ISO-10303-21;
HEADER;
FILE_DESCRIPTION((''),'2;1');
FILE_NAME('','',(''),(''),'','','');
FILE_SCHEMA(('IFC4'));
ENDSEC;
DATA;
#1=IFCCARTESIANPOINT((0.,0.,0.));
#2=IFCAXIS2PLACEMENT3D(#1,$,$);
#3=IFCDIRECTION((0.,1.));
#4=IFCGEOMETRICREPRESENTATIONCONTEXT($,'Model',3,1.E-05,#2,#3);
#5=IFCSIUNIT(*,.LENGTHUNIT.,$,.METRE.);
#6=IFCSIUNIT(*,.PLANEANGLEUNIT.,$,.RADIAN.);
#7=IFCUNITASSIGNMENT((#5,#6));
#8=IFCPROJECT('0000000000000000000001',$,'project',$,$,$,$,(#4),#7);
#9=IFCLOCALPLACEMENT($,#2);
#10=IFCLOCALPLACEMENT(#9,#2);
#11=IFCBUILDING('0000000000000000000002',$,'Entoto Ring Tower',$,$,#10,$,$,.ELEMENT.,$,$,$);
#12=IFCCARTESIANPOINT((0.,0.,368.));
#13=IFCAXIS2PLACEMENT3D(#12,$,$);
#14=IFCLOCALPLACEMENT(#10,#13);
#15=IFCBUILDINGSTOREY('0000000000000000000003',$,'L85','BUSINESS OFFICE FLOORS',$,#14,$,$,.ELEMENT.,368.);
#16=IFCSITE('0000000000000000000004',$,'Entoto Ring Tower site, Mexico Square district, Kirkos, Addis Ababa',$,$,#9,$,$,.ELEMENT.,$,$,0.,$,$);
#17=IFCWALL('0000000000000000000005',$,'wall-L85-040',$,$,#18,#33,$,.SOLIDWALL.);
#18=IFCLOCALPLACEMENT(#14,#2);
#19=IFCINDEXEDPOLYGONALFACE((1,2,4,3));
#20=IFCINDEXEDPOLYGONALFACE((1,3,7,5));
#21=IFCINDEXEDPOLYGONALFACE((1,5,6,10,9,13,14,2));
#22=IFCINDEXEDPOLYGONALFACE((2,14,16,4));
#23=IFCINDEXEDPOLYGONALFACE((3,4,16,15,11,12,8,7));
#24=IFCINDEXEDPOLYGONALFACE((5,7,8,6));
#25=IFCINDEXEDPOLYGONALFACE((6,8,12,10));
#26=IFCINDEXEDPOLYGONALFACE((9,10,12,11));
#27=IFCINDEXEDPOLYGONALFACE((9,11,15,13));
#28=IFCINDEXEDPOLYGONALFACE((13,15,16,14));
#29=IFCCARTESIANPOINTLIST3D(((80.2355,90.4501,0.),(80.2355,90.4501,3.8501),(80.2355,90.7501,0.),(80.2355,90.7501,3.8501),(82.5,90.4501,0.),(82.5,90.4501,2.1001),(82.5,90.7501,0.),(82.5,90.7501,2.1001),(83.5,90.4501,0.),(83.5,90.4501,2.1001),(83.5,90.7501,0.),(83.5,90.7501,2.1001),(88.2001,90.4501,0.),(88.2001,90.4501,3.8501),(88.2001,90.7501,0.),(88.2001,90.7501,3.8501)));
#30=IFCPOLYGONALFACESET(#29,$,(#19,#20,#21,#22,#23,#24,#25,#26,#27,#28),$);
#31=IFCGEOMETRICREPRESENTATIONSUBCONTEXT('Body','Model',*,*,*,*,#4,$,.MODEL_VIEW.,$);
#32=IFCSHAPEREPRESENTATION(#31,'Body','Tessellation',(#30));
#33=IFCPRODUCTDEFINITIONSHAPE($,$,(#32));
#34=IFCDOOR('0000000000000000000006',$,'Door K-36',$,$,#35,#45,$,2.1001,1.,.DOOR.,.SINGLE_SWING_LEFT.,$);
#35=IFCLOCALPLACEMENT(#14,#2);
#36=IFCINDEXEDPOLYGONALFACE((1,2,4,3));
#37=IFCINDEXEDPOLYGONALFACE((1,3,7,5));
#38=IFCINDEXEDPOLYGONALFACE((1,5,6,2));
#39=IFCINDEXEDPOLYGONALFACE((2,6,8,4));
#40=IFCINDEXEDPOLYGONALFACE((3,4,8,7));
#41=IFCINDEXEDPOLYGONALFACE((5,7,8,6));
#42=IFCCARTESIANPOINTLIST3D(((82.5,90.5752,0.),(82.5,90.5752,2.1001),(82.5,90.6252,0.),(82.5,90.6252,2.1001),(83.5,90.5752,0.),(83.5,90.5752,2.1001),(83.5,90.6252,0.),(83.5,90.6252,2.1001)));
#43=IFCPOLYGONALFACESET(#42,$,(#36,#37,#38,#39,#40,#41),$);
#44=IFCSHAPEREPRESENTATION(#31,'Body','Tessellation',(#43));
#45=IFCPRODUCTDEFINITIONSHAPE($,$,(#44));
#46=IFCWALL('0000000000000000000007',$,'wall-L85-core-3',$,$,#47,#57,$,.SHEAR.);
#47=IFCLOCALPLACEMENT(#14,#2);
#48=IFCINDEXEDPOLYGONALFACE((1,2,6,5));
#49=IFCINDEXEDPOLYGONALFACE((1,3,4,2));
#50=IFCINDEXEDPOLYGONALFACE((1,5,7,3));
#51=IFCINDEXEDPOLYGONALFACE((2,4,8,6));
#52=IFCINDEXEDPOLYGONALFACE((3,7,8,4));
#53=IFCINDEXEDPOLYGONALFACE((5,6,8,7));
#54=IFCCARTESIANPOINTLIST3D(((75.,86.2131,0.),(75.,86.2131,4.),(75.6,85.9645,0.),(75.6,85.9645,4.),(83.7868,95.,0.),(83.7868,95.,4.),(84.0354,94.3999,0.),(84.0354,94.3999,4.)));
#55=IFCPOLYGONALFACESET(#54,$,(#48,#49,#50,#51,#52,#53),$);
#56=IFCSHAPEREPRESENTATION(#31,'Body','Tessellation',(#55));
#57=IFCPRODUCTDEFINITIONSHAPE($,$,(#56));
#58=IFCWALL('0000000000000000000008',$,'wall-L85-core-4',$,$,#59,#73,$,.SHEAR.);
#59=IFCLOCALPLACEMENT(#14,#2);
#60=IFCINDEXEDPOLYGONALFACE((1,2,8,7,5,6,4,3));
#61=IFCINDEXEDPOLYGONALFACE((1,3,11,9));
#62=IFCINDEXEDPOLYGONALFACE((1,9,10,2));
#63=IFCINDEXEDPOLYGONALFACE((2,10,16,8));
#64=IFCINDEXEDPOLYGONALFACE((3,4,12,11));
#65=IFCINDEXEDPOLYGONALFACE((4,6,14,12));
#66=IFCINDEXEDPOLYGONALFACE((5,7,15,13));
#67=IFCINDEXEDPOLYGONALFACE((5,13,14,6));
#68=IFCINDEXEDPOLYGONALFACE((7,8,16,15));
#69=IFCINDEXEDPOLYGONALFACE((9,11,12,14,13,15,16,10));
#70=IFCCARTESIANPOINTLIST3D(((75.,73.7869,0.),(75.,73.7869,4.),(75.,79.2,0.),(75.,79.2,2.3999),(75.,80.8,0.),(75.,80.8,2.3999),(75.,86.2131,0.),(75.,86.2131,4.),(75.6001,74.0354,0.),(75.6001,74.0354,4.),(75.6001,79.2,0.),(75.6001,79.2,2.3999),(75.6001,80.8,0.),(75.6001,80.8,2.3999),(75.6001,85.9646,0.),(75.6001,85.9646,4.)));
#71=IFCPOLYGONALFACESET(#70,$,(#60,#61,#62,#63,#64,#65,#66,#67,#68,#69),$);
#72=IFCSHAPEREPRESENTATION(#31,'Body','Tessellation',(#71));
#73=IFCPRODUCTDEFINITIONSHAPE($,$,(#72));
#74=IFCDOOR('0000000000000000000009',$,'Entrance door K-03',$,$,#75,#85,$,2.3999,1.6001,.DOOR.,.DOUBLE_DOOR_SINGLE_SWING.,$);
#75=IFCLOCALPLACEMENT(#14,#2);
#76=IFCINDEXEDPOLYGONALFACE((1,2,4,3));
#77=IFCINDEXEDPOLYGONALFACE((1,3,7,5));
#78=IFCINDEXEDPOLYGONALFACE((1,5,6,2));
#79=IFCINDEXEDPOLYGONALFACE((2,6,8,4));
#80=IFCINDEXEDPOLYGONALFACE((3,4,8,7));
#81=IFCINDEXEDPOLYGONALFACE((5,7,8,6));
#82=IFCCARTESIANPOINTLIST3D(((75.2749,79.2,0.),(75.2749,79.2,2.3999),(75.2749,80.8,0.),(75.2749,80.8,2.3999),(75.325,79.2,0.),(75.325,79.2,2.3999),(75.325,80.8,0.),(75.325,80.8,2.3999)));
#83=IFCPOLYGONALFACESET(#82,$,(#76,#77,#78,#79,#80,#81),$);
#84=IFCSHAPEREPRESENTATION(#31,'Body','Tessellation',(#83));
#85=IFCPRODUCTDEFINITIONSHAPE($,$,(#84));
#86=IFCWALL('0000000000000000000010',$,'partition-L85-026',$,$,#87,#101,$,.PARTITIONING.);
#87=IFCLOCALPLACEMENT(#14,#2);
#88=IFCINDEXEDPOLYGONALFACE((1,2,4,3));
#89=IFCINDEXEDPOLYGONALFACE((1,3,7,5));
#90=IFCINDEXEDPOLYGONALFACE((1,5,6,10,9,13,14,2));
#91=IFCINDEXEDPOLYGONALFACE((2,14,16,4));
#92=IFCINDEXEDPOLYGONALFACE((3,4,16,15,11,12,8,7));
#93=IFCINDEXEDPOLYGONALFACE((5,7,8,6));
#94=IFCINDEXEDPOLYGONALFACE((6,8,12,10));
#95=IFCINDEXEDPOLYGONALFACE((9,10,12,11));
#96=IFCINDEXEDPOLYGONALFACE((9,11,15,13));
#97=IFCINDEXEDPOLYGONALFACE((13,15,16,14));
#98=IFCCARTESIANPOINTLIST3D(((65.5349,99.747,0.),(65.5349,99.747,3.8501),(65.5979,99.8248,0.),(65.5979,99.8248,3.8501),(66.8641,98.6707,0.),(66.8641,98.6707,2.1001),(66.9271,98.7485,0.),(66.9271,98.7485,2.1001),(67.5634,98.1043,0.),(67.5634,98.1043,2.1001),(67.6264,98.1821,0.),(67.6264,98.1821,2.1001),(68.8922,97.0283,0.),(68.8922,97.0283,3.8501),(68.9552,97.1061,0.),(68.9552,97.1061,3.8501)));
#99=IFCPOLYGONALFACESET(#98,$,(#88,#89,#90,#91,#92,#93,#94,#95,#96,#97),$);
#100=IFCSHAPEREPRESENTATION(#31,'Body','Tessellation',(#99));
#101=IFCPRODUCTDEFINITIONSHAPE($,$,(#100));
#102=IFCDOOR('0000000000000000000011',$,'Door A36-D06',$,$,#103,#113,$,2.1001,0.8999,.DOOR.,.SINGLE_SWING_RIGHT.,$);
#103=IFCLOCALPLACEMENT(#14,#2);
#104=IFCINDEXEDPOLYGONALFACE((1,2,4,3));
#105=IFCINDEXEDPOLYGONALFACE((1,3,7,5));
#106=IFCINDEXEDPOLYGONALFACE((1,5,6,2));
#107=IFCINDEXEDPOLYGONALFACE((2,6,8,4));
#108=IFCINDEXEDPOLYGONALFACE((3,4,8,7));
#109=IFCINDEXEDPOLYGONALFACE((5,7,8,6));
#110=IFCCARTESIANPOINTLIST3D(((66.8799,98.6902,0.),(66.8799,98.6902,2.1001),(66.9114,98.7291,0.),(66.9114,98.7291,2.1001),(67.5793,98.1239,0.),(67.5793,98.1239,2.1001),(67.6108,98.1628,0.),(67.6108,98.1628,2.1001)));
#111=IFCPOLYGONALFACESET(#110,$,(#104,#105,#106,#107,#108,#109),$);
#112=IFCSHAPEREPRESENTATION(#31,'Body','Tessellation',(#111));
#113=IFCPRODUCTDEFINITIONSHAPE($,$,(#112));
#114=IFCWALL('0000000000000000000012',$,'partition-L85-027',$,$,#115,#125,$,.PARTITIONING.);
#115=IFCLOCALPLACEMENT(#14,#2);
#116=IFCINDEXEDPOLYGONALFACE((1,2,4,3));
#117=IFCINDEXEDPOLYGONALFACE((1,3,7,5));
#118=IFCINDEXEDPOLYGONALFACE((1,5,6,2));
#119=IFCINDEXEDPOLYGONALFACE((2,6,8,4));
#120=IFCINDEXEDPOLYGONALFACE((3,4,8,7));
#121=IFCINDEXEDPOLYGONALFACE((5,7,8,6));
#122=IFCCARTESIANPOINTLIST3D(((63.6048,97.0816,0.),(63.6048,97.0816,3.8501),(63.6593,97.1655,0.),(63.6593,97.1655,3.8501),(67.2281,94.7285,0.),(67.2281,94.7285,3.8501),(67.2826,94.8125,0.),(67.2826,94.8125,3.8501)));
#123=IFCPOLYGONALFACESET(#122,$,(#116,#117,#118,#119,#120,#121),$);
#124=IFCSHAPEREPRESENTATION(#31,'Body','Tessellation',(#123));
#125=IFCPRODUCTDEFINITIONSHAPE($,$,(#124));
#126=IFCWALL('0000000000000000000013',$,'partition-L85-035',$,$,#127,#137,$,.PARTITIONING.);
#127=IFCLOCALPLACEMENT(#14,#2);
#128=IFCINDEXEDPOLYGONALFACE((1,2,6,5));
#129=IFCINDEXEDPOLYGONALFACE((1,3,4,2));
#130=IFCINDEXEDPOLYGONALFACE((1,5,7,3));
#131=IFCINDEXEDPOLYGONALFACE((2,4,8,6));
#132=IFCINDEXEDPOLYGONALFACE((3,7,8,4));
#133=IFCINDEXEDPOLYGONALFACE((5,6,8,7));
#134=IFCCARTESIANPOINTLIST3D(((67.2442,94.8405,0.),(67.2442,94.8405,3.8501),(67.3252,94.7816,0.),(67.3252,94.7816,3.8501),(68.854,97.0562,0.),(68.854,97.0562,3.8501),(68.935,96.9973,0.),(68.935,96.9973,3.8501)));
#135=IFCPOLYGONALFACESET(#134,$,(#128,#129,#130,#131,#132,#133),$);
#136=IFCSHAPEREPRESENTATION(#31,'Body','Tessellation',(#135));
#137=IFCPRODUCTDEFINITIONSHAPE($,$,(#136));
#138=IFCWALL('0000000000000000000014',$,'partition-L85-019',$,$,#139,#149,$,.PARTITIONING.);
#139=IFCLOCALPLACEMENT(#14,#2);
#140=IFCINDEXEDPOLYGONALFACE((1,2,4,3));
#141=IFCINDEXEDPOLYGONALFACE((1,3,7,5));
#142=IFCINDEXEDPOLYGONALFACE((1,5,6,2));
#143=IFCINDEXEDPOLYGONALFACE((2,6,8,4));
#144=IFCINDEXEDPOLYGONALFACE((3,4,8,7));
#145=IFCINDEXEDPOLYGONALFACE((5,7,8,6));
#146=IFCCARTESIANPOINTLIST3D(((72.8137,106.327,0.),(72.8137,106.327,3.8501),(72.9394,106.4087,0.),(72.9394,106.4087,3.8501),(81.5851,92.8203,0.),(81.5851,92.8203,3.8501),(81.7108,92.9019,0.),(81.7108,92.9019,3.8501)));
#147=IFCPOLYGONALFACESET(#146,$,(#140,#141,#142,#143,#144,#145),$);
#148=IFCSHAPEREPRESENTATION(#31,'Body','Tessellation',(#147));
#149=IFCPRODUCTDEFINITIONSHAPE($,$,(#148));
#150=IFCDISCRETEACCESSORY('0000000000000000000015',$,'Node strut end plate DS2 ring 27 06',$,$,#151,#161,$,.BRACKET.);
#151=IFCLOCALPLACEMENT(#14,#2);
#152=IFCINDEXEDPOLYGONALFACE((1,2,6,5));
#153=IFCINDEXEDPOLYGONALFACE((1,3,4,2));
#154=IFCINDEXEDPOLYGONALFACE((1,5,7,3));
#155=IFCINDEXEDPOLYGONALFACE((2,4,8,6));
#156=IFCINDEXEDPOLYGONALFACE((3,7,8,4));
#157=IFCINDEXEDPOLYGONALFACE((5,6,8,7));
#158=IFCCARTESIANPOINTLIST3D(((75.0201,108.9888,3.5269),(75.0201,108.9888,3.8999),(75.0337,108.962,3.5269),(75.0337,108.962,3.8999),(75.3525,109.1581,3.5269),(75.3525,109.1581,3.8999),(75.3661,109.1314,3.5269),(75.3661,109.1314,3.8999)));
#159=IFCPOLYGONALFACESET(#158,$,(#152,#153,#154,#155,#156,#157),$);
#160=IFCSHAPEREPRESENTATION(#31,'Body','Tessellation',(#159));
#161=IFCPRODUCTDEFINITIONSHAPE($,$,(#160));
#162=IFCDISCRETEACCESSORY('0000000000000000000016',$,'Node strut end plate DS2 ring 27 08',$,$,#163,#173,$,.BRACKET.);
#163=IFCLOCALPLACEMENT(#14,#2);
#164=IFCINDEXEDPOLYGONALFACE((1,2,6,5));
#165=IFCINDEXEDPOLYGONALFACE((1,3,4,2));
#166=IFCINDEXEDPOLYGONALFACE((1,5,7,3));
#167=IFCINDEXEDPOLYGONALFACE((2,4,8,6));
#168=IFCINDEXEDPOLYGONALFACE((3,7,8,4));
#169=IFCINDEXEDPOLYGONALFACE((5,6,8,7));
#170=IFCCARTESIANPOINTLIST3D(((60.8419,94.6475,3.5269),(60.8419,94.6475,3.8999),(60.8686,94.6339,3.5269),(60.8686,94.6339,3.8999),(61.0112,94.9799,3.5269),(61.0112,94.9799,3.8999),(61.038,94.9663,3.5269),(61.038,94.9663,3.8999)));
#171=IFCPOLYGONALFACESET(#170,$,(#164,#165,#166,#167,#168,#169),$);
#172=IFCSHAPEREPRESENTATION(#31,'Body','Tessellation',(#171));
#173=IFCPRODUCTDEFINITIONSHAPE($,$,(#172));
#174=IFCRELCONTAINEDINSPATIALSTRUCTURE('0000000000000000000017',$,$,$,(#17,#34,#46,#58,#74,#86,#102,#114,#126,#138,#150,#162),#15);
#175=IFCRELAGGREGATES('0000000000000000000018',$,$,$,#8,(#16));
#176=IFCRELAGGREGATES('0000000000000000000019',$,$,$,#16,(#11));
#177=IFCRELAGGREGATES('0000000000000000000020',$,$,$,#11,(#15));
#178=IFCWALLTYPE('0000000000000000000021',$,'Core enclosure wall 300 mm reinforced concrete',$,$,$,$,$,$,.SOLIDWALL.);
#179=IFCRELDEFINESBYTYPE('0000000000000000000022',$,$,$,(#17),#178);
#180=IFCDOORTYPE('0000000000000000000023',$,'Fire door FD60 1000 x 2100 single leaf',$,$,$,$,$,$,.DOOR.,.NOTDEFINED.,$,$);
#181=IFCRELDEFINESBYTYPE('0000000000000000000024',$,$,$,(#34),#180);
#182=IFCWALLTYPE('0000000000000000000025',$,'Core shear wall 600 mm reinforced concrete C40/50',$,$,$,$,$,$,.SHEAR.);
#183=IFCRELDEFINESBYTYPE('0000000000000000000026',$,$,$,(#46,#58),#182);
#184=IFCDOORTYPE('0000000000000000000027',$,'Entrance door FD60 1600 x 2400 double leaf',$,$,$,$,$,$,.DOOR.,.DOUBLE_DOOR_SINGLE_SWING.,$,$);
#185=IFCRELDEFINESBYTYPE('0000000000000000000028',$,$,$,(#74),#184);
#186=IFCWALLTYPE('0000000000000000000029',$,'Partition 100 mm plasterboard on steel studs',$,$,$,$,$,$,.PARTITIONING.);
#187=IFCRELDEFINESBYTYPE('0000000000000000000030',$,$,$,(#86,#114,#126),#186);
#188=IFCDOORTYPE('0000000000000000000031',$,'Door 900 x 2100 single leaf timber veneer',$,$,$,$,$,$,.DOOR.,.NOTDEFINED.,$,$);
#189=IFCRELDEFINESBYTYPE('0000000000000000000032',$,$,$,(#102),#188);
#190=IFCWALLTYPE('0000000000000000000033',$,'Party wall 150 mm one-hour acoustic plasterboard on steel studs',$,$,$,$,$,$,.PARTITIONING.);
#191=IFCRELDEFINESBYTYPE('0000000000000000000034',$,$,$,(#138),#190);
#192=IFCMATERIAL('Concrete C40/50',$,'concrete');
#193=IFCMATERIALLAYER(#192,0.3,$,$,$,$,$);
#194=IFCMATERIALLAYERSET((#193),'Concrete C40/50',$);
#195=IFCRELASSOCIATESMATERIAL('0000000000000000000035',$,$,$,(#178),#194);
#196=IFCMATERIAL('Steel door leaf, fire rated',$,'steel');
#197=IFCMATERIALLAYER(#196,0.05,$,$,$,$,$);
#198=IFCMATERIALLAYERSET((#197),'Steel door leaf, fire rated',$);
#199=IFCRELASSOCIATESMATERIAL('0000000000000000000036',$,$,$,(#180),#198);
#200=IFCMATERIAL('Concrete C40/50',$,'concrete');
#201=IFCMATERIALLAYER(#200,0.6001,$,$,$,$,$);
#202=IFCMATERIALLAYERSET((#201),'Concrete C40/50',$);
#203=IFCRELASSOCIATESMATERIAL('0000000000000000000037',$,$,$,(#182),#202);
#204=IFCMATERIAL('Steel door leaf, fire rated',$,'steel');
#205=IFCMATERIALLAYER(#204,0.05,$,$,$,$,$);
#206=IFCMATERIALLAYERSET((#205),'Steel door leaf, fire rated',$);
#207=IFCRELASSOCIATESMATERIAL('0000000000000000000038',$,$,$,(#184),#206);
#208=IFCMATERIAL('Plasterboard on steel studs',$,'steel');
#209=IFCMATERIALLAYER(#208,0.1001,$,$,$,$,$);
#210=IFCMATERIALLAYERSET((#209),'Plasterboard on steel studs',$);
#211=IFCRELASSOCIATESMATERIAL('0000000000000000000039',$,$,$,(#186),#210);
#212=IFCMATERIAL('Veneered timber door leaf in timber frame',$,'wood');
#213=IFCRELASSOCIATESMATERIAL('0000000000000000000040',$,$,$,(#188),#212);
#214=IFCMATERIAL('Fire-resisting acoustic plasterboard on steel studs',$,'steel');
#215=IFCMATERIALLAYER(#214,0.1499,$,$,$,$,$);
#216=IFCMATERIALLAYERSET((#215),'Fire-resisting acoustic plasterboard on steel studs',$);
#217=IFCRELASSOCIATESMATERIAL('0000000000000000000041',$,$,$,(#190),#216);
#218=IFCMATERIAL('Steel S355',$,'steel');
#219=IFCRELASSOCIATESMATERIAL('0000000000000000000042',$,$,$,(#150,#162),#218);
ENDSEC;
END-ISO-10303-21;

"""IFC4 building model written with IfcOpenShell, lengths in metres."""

from ifc_helpers import new_model, si_unit, direction, frame, frame_2d, origin, origin_2d, place, context, subcontext, project, spatial, polyline, rectangle, outline, extrude, material, layer, layer_set, type_object, element, fill, save


model = new_model("IFC4")

# Units and contexts
model_context = context("Model", 3, precision=1e-05, world=origin(), true_north=direction((0.0, 1.0)))
body_context = subcontext(model_context, "Body", "Model", "MODEL_VIEW")
ifc_project = project(units=[si_unit("LENGTHUNIT", "METRE"), si_unit("PLANEANGLEUNIT", "RADIAN")], contexts=[model_context])

# Site, building, storey
site_placement = place(None, origin())
site = spatial("IfcSite", under=ifc_project, at=site_placement, Name="Entoto Ring Tower site, Mexico Square district, Kirkos, Addis Ababa", CompositionType="ELEMENT", RefElevation=0.0)
building_placement = place(site_placement, origin())
building = spatial("IfcBuilding", under=site, at=building_placement, Name="Entoto Ring Tower", CompositionType="ELEMENT")
storey_placement = place(building_placement, frame((0.0, 0.0, 368.0)))
storey = spatial("IfcBuildingStorey", under=building, at=storey_placement, Name="L85", Description="BUSINESS OFFICE FLOORS", CompositionType="ELEMENT", Elevation=368.0)

# Shared definitions
ifc_material_1 = material(Name="Concrete C40/50", Category="concrete")
ifc_layer_1 = layer(ifc_material_1, 0.3)
ifc_layer_set_1 = layer_set([ifc_layer_1], Name="Concrete C40/50")
wall_type_1 = type_object("IfcWallType", Name="Core enclosure wall 300 mm reinforced concrete", PredefinedType="SOLIDWALL", material=ifc_layer_set_1)

# Wall, opening, door
wall_1_placement = place(storey_placement, frame((80.2354, 90.6001, 0.0), z_axis=(0.0, 0.0, 1.0), x_axis=(1.0, 0.0, 0.0)))
wall_1 = element("IfcWall", 1, at=wall_1_placement, inside=storey, type_object=wall_type_1, Name="wall-L85-040", PredefinedType="SOLIDWALL", context=body_context, shape_type="SweptSolid", body=[
    extrude(rectangle(XDim=7.9646, YDim=0.3, at=frame_2d((3.9824, 0.0))), origin(), (0.0, 0.0, 1.0), 3.8501),
])
opening_1_placement = place(wall_1_placement, frame((2.2646, 0.0, 0.0)))
opening_1 = element("IfcOpeningElement", 2, at=opening_1_placement, cuts=wall_1, PredefinedType="OPENING", context=body_context, shape_type="SweptSolid", body=[
    extrude(rectangle(XDim=1.0, YDim=2.1001, at=frame_2d((0.5, 1.05))), frame((0.0, 0.1602, 0.0), z_axis=(0.0, -1.0, 0.0), x_axis=(1.0, 0.0, 0.0)), (0.0, 0.0, 1.0), 0.3201),
])
ifc_material_2 = material(Name="Steel door leaf, fire rated", Category="steel")
ifc_layer_2 = layer(ifc_material_2, 0.05)
ifc_layer_set_2 = layer_set([ifc_layer_2], Name="Steel door leaf, fire rated")
door_type_1 = type_object("IfcDoorType", Name="Fire door FD60 1000 x 2100 single leaf", OperationType="NOTDEFINED", PredefinedType="DOOR", material=ifc_layer_set_2)
door_1_placement = place(opening_1_placement, frame((1.0, 0.0, 0.0), z_axis=(0.0, 0.0, 1.0), x_axis=(-1.0, 0.0, 0.0)))
door_1 = element("IfcDoor", 3, at=door_1_placement, inside=storey, type_object=door_type_1, Name="Door K-36", OperationType="SINGLE_SWING_LEFT", OverallHeight=2.1001, OverallWidth=1.0, PredefinedType="DOOR", context=body_context, shape_type="SweptSolid", body=[
    extrude(rectangle(XDim=1.0, YDim=2.1001, at=frame_2d((0.5, 1.05))), frame((0.0, 0.0249, 0.0), z_axis=(0.0, -1.0, 0.0), x_axis=(1.0, 0.0, 0.0)), (0.0, 0.0, 1.0), 0.05),
])
fill(opening_1, door_1)

# Wall
ifc_material_3 = material(Name="Concrete C40/50", Category="concrete")
ifc_layer_3 = layer(ifc_material_3, 0.6001)
ifc_layer_set_3 = layer_set([ifc_layer_3], Name="Concrete C40/50")
wall_type_2 = type_object("IfcWallType", Name="Core shear wall 600 mm reinforced concrete C40/50", PredefinedType="SHEAR", material=ifc_layer_set_3)
wall_2_placement = place(storey_placement, frame((83.9111, 94.7, 0.0), z_axis=(0.0, 0.0, 1.0), x_axis=(-0.707107, -0.707107, 0.0)))
element("IfcWall", 4, at=wall_2_placement, inside=storey, type_object=wall_type_2, Name="wall-L85-core-3", PredefinedType="SHEAR", context=body_context, shape_type="SweptSolid", body=[
    extrude(outline(polyline([(-0.1243, -0.3), (12.3022, -0.3), (12.0537, 0.3), (0.1243, 0.3), (-0.1243, -0.3)])), origin(), (0.0, 0.0, 1.0), 4.0),
])

# Walls, openings, doors
wall_3_placement = place(storey_placement, frame((75.3, 86.0889, 0.0), z_axis=(0.0, 0.0, 1.0), x_axis=(0.0, -1.0, 0.0)))
wall_3 = element("IfcWall", 5, at=wall_3_placement, inside=storey, type_object=wall_type_2, Name="wall-L85-core-4", PredefinedType="SHEAR", context=body_context, shape_type="SweptSolid", body=[
    extrude(outline(polyline([(-0.1243, -0.3), (12.302, -0.3), (12.0535, 0.3), (0.1243, 0.3), (-0.1243, -0.3)])), origin(), (0.0, 0.0, 1.0), 4.0),
])
opening_2_placement = place(wall_3_placement, frame((5.2888, 0.0, 0.0)))
opening_2 = element("IfcOpeningElement", 6, at=opening_2_placement, cuts=wall_3, PredefinedType="OPENING", context=body_context, shape_type="SweptSolid", body=[
    extrude(rectangle(XDim=1.6001, YDim=2.3999, at=frame_2d((0.8, 1.2))), frame((0.0, 0.3101, 0.0), z_axis=(0.0, -1.0, 0.0), x_axis=(1.0, 0.0, 0.0)), (0.0, 0.0, 1.0), 0.6201),
])
ifc_material_4 = material(Name="Steel door leaf, fire rated", Category="steel")
ifc_layer_4 = layer(ifc_material_4, 0.05)
ifc_layer_set_4 = layer_set([ifc_layer_4], Name="Steel door leaf, fire rated")
door_type_2 = type_object("IfcDoorType", Name="Entrance door FD60 1600 x 2400 double leaf", OperationType="DOUBLE_DOOR_SINGLE_SWING", PredefinedType="DOOR", material=ifc_layer_set_4)
door_2_placement = place(opening_2_placement, origin())
door_2 = element("IfcDoor", 7, at=door_2_placement, inside=storey, type_object=door_type_2, Name="Entrance door K-03", OperationType="DOUBLE_DOOR_SINGLE_SWING", OverallHeight=2.3999, OverallWidth=1.6001, PredefinedType="DOOR", context=body_context, shape_type="SweptSolid", body=[
    extrude(rectangle(XDim=1.6001, YDim=2.3999, at=frame_2d((0.8, 1.2))), frame((0.0, 0.0249, 0.0), z_axis=(0.0, -1.0, 0.0), x_axis=(1.0, 0.0, 0.0)), (0.0, 0.0, 1.0), 0.05),
])
fill(opening_2, door_2)
ifc_material_5 = material(Name="Plasterboard on steel studs", Category="steel")
ifc_layer_5 = layer(ifc_material_5, 0.1001)
ifc_layer_set_5 = layer_set([ifc_layer_5], Name="Plasterboard on steel studs")
wall_type_3 = type_object("IfcWallType", Name="Partition 100 mm plasterboard on steel studs", PredefinedType="PARTITIONING", material=ifc_layer_set_5)
wall_4_placement = place(storey_placement, frame((68.9238, 97.0671, 0.0), z_axis=(0.0, 0.0, 1.0), x_axis=(-0.77715, 0.629315, 0.0)))
wall_4 = element("IfcWall", 8, at=wall_4_placement, inside=storey, type_object=wall_type_3, Name="partition-L85-026", PredefinedType="PARTITIONING", context=body_context, shape_type="SweptSolid", body=[
    extrude(rectangle(XDim=4.3201, YDim=0.1001, at=frame_2d((2.1602, 0.0))), origin(), (0.0, 0.0, 1.0), 3.8501),
])
opening_3_placement = place(wall_4_placement, frame((1.71, 0.0, 0.0)))
opening_3 = element("IfcOpeningElement", 9, at=opening_3_placement, cuts=wall_4, PredefinedType="OPENING", context=body_context, shape_type="SweptSolid", body=[
    extrude(rectangle(XDim=0.8999, YDim=2.1001, at=frame_2d((0.45, 1.05))), frame((0.0, 0.0601, 0.0), z_axis=(0.0, -1.0, 0.0), x_axis=(1.0, 0.0, 0.0)), (0.0, 0.0, 1.0), 0.1201),
])
ifc_material_6 = material(Name="Veneered timber door leaf in timber frame", Category="wood")
door_type_3 = type_object("IfcDoorType", Name="Door 900 x 2100 single leaf timber veneer", OperationType="NOTDEFINED", PredefinedType="DOOR", material=ifc_material_6)
door_3_placement = place(opening_3_placement, origin())
door_3 = element("IfcDoor", 10, at=door_3_placement, inside=storey, type_object=door_type_3, Name="Door A36-D06", OperationType="SINGLE_SWING_RIGHT", OverallHeight=2.1001, OverallWidth=0.8999, PredefinedType="DOOR", context=body_context, shape_type="SweptSolid", body=[
    extrude(rectangle(XDim=0.8999, YDim=2.1001, at=frame_2d((0.45, 1.05))), frame((0.0, 0.0249, 0.0), z_axis=(0.0, -1.0, 0.0), x_axis=(1.0, 0.0, 0.0)), (0.0, 0.0, 1.0), 0.05),
])
fill(opening_3, door_3)

# Walls
wall_5_placement = place(storey_placement, frame((67.2554, 94.7705, 0.0), z_axis=(0.0, 0.0, 1.0), x_axis=(-0.838667, 0.544645, 0.0)))
element("IfcWall", 11, at=wall_5_placement, inside=storey, type_object=wall_type_3, Name="partition-L85-027", PredefinedType="PARTITIONING", context=body_context, shape_type="SweptSolid", body=[
    extrude(rectangle(XDim=4.3203, YDim=0.1001, at=frame_2d((2.1602, 0.0))), origin(), (0.0, 0.0, 1.0), 3.8501),
])
wall_6_placement = place(storey_placement, frame((67.2847, 94.811, 0.0), z_axis=(0.0, 0.0, 1.0), x_axis=(0.587779, 0.809021, 0.0)))
element("IfcWall", 12, at=wall_6_placement, inside=storey, type_object=wall_type_3, Name="partition-L85-035", PredefinedType="PARTITIONING", context=body_context, shape_type="SweptSolid", body=[
    extrude(rectangle(XDim=2.7388, YDim=0.1001, at=frame_2d((1.3694, 0.0))), origin(), (0.0, 0.0, 1.0), 3.8501),
])
ifc_material_7 = material(Name="Fire-resisting acoustic plasterboard on steel studs", Category="steel")
ifc_layer_6 = layer(ifc_material_7, 0.1499)
ifc_layer_set_6 = layer_set([ifc_layer_6], Name="Fire-resisting acoustic plasterboard on steel studs")
wall_type_4 = type_object("IfcWallType", Name="Party wall 150 mm one-hour acoustic plasterboard on steel studs", PredefinedType="PARTITIONING", material=ifc_layer_set_6)
wall_7_placement = place(storey_placement, frame((81.6479, 92.8611, 0.0), z_axis=(0.0, 0.0, 1.0), x_axis=(-0.544641, 0.838669, 0.0)))
element("IfcWall", 13, at=wall_7_placement, inside=storey, type_object=wall_type_4, Name="partition-L85-019", PredefinedType="PARTITIONING", context=body_context, shape_type="SweptSolid", body=[
    extrude(rectangle(XDim=16.105, YDim=0.1499, at=frame_2d((8.0525, 0.0))), origin(), (0.0, 0.0, 1.0), 3.8501),
])

# Discrete accessories
ifc_material_8 = material(Name="Steel S355", Category="steel")
for number, where, z_axis, x_axis, name in (
    (14, (75.1931, 109.0601, 3.5269), (0.0, 0.0, 1.0), (-0.45399, 0.891007, 0.0), "Node strut end plate DS2 ring 27 06"),
    (15, (60.9399, 94.8069, 3.5269), (0.0, 0.0, 1.0), (-0.891007, 0.45399, 0.0), "Node strut end plate DS2 ring 27 08"),
):
    element("IfcDiscreteAccessory", number, at=place(storey_placement, frame(where, z_axis=z_axis, x_axis=x_axis)), inside=storey, material=ifc_material_8, Name=name, PredefinedType="BRACKET", context=body_context, shape_type="SweptSolid", body=[
        extrude(rectangle(XDim=0.03, YDim=0.373, at=origin_2d()), origin(), (0.0, 0.0, 1.0), 0.373),
    ])

save(model, "model.ifc")
